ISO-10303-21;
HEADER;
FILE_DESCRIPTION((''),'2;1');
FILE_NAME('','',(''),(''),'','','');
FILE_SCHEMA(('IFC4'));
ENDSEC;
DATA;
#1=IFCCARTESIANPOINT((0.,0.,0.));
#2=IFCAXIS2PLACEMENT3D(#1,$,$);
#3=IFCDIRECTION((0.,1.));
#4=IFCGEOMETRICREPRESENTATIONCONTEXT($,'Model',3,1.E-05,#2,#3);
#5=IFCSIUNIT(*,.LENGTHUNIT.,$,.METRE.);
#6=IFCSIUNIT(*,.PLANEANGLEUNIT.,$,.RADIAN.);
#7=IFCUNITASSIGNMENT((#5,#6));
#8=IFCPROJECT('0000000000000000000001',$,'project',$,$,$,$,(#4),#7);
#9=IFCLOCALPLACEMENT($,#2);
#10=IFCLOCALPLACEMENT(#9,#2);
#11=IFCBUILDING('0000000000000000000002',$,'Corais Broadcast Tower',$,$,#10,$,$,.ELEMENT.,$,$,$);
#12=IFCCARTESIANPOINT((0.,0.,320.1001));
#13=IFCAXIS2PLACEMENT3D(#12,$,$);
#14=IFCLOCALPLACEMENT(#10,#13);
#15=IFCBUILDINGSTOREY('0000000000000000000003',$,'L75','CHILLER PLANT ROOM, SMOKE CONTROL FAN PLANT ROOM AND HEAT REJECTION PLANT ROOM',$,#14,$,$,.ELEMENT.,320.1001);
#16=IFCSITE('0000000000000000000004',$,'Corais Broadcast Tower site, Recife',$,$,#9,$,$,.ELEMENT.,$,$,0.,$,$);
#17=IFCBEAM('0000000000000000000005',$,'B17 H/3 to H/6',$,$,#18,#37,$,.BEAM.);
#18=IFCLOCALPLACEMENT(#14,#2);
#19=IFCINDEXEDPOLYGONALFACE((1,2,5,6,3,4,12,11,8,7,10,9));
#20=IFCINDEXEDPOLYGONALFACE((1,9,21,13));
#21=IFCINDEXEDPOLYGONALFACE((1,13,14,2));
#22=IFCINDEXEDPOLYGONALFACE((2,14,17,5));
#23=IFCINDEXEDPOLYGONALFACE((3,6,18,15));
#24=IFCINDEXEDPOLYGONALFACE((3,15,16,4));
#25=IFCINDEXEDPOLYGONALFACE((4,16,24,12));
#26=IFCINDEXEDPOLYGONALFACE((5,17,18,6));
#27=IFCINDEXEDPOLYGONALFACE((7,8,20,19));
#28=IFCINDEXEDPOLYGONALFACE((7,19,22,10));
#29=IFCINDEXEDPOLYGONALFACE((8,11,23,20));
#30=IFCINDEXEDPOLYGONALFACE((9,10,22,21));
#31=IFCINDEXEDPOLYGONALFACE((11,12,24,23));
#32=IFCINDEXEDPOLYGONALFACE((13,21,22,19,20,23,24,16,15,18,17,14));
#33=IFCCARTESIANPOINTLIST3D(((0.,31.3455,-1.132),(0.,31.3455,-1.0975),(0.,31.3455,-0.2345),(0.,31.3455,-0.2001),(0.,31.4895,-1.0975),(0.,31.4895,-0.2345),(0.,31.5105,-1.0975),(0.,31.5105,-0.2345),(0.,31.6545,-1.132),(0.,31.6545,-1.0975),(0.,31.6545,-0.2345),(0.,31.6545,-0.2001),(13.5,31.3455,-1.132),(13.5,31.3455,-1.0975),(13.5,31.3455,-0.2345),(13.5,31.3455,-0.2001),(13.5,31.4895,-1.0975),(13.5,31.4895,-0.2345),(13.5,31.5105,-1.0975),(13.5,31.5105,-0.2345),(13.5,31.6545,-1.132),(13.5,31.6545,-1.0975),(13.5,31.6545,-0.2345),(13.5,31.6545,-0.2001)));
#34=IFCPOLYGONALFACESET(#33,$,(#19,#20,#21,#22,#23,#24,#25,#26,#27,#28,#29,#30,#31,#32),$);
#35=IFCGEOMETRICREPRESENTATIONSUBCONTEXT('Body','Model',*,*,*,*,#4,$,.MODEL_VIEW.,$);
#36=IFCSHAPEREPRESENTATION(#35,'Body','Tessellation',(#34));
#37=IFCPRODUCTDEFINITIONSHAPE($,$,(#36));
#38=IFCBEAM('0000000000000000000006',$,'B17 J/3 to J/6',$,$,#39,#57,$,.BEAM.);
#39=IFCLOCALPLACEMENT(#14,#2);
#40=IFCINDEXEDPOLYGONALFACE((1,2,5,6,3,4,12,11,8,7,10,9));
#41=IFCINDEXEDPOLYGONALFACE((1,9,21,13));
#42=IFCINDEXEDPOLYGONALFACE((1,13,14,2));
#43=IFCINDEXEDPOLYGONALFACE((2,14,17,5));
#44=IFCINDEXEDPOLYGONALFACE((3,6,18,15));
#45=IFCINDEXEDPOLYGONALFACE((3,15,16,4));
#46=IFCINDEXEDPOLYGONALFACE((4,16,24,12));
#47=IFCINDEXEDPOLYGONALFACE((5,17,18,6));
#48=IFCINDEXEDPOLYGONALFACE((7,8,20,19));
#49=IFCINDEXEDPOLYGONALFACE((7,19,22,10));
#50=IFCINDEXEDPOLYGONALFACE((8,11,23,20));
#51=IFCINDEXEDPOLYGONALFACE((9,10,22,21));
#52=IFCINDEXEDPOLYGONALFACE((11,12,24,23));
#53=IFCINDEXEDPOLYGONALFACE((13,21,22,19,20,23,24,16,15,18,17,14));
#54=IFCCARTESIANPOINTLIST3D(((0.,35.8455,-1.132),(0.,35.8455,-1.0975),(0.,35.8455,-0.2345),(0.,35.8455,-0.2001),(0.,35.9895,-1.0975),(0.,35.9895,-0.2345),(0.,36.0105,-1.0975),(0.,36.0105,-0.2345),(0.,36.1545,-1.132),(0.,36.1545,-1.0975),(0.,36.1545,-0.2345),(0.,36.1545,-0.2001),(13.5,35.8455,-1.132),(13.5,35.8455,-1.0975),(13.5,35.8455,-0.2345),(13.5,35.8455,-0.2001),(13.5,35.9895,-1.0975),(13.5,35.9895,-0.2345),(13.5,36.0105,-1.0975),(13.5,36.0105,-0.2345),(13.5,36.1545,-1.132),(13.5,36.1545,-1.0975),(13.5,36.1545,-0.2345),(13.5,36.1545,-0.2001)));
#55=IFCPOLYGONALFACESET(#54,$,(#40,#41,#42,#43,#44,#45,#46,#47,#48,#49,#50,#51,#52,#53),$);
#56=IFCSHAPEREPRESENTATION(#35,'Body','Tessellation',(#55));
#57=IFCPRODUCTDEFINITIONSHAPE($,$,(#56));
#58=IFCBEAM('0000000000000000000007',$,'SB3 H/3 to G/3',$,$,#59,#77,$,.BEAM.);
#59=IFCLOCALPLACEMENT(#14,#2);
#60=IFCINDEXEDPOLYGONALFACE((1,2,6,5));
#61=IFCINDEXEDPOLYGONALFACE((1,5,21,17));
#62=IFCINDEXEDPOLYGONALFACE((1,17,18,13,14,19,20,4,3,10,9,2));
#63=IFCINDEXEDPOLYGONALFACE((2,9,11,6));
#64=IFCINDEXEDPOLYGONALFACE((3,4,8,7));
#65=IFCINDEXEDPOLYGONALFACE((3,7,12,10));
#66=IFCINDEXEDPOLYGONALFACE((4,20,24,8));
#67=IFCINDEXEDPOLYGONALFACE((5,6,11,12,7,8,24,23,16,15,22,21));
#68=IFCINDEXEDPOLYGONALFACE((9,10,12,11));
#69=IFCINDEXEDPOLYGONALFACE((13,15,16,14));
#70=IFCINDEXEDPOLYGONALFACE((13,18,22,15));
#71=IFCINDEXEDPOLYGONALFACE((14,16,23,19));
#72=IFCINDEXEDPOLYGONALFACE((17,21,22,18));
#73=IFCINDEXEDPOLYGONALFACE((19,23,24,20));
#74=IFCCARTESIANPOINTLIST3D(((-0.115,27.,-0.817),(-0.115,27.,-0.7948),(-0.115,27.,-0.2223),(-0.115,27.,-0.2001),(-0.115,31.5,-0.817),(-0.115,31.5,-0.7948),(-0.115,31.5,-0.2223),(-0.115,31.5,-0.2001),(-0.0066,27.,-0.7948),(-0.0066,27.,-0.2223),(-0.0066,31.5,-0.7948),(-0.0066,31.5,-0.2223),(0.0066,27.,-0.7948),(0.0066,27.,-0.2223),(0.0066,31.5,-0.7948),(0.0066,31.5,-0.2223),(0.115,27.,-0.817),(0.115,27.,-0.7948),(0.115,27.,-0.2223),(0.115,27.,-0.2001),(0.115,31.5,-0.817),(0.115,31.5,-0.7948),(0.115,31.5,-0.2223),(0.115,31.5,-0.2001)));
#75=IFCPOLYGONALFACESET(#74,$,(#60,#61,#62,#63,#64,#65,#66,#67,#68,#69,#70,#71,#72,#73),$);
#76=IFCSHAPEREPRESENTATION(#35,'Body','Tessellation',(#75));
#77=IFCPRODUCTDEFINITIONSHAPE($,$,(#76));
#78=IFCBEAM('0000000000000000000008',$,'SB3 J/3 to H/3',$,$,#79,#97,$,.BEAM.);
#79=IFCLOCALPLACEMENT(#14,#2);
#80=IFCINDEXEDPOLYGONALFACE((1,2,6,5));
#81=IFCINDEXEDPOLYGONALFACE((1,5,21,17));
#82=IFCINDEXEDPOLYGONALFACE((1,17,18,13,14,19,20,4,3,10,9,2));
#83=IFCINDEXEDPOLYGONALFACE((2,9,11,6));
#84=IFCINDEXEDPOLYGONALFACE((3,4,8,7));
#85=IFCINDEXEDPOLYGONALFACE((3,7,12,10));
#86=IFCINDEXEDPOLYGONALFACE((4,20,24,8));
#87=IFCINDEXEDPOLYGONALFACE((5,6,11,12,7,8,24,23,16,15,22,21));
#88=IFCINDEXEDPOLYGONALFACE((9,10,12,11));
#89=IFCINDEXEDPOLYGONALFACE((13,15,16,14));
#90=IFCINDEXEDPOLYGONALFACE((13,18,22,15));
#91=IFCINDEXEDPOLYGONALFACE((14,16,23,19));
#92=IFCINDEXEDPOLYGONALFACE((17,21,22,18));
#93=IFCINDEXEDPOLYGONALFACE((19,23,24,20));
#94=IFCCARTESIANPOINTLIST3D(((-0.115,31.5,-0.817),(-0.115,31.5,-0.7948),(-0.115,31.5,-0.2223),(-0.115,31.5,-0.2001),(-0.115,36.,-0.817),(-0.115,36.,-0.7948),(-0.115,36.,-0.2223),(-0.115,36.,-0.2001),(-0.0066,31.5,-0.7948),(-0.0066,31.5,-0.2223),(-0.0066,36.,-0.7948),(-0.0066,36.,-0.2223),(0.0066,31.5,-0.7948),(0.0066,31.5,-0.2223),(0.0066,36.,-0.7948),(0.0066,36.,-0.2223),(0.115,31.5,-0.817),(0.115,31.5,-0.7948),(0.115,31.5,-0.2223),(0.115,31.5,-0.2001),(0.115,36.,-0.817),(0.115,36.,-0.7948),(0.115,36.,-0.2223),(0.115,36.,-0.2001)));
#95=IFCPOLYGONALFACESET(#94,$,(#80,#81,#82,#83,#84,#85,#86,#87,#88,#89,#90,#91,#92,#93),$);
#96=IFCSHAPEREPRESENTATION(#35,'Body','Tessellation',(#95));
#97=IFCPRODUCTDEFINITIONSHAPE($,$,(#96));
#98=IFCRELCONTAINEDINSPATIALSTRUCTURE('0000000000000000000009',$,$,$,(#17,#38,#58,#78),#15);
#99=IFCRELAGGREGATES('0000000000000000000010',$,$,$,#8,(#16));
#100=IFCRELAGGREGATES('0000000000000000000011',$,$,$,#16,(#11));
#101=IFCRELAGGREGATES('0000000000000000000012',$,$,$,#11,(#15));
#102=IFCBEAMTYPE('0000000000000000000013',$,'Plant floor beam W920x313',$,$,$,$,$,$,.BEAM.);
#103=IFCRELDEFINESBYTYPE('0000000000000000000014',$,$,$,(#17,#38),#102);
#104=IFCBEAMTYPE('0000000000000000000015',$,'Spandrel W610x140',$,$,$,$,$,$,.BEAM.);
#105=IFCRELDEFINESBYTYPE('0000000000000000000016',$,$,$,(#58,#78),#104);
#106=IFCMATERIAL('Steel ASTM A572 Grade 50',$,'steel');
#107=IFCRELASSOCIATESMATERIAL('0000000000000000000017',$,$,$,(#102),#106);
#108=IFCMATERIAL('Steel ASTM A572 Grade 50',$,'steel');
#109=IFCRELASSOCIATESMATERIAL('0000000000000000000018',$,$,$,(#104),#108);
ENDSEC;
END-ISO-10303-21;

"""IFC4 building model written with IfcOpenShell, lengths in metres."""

from ifc_helpers import new_model, si_unit, direction, frame, origin, origin_2d, place, context, subcontext, project, spatial, i_section, extrude, material, material_profile, profile_set, type_object, element, save


model = new_model("IFC4")

# Units and contexts
model_context = context("Model", 3, precision=1e-05, world=origin(), true_north=direction((0.0, 1.0)))
body_context = subcontext(model_context, "Body", "Model", "MODEL_VIEW")
ifc_project = project(units=[si_unit("LENGTHUNIT", "METRE"), si_unit("PLANEANGLEUNIT", "RADIAN")], contexts=[model_context])

# Site, building, storey
site_placement = place(None, origin())
site = spatial("IfcSite", under=ifc_project, at=site_placement, Name="Corais Broadcast Tower site, Recife", CompositionType="ELEMENT", RefElevation=0.0)
building_placement = place(site_placement, origin())
building = spatial("IfcBuilding", under=site, at=building_placement, Name="Corais Broadcast Tower", CompositionType="ELEMENT")
storey_placement = place(building_placement, frame((0.0, 0.0, 320.1001)))
storey = spatial("IfcBuildingStorey", under=building, at=storey_placement, Name="L75", Description="CHILLER PLANT ROOM, SMOKE CONTROL FAN PLANT ROOM AND HEAT REJECTION PLANT ROOM", CompositionType="ELEMENT", Elevation=320.1001)

# Beams
ifc_material_1 = material(Name="Steel ASTM A572 Grade 50", Category="steel")
ifc_material_profile_1 = material_profile(ifc_material_1, i_section(OverallWidth=0.3091, OverallDepth=0.9319, WebThickness=0.021, FlangeThickness=0.0344, at=origin_2d()), Name="W920x313")
ifc_profile_set_1 = profile_set([ifc_material_profile_1], Name="Steel ASTM A572 Grade 50")
beam_type_1 = type_object("IfcBeamType", Name="Plant floor beam W920x313", PredefinedType="BEAM", material=ifc_profile_set_1)
for number, where, z_axis, x_axis, name in (
    (1, (0.0, 31.5, -0.666), (1.0, 0.0, 0.0), (0.0, 1.0, 0.0), "B17 H/3 to H/6"),
    (2, (0.0, 36.0, -0.666), (1.0, 0.0, 0.0), (0.0, 1.0, 0.0), "B17 J/3 to J/6"),
):
    element("IfcBeam", number, at=place(storey_placement, frame(where, z_axis=z_axis, x_axis=x_axis)), inside=storey, type_object=beam_type_1, Name=name, PredefinedType="BEAM", context=body_context, shape_type="SweptSolid", body=[
        extrude(i_section(OverallWidth=0.3091, OverallDepth=0.9319, WebThickness=0.021, FlangeThickness=0.0344, at=origin_2d()), origin(), (0.0, 0.0, 1.0), 13.5),
    ])
ifc_material_2 = material(Name="Steel ASTM A572 Grade 50", Category="steel")
ifc_material_profile_2 = material_profile(ifc_material_2, i_section(OverallWidth=0.23, OverallDepth=0.6169, WebThickness=0.0132, FlangeThickness=0.0222, at=origin_2d()), Name="W610x140")
ifc_profile_set_2 = profile_set([ifc_material_profile_2], Name="Steel ASTM A572 Grade 50")
beam_type_2 = type_object("IfcBeamType", Name="Spandrel W610x140", PredefinedType="BEAM", material=ifc_profile_set_2)
for number, where, z_axis, x_axis, name in (
    (3, (0.0, 31.5, -0.5085), (0.0, -1.0, 0.0), (1.0, 0.0, 0.0), "SB3 H/3 to G/3"),
    (4, (0.0, 36.0, -0.5085), (0.0, -1.0, 0.0), (1.0, 0.0, 0.0), "SB3 J/3 to H/3"),
):
    element("IfcBeam", number, at=place(storey_placement, frame(where, z_axis=z_axis, x_axis=x_axis)), inside=storey, type_object=beam_type_2, Name=name, PredefinedType="BEAM", context=body_context, shape_type="SweptSolid", body=[
        extrude(i_section(OverallWidth=0.23, OverallDepth=0.6169, WebThickness=0.0132, FlangeThickness=0.0222, at=origin_2d()), origin(), (0.0, 0.0, 1.0), 4.5),
    ])

save(model, "model.ifc")
